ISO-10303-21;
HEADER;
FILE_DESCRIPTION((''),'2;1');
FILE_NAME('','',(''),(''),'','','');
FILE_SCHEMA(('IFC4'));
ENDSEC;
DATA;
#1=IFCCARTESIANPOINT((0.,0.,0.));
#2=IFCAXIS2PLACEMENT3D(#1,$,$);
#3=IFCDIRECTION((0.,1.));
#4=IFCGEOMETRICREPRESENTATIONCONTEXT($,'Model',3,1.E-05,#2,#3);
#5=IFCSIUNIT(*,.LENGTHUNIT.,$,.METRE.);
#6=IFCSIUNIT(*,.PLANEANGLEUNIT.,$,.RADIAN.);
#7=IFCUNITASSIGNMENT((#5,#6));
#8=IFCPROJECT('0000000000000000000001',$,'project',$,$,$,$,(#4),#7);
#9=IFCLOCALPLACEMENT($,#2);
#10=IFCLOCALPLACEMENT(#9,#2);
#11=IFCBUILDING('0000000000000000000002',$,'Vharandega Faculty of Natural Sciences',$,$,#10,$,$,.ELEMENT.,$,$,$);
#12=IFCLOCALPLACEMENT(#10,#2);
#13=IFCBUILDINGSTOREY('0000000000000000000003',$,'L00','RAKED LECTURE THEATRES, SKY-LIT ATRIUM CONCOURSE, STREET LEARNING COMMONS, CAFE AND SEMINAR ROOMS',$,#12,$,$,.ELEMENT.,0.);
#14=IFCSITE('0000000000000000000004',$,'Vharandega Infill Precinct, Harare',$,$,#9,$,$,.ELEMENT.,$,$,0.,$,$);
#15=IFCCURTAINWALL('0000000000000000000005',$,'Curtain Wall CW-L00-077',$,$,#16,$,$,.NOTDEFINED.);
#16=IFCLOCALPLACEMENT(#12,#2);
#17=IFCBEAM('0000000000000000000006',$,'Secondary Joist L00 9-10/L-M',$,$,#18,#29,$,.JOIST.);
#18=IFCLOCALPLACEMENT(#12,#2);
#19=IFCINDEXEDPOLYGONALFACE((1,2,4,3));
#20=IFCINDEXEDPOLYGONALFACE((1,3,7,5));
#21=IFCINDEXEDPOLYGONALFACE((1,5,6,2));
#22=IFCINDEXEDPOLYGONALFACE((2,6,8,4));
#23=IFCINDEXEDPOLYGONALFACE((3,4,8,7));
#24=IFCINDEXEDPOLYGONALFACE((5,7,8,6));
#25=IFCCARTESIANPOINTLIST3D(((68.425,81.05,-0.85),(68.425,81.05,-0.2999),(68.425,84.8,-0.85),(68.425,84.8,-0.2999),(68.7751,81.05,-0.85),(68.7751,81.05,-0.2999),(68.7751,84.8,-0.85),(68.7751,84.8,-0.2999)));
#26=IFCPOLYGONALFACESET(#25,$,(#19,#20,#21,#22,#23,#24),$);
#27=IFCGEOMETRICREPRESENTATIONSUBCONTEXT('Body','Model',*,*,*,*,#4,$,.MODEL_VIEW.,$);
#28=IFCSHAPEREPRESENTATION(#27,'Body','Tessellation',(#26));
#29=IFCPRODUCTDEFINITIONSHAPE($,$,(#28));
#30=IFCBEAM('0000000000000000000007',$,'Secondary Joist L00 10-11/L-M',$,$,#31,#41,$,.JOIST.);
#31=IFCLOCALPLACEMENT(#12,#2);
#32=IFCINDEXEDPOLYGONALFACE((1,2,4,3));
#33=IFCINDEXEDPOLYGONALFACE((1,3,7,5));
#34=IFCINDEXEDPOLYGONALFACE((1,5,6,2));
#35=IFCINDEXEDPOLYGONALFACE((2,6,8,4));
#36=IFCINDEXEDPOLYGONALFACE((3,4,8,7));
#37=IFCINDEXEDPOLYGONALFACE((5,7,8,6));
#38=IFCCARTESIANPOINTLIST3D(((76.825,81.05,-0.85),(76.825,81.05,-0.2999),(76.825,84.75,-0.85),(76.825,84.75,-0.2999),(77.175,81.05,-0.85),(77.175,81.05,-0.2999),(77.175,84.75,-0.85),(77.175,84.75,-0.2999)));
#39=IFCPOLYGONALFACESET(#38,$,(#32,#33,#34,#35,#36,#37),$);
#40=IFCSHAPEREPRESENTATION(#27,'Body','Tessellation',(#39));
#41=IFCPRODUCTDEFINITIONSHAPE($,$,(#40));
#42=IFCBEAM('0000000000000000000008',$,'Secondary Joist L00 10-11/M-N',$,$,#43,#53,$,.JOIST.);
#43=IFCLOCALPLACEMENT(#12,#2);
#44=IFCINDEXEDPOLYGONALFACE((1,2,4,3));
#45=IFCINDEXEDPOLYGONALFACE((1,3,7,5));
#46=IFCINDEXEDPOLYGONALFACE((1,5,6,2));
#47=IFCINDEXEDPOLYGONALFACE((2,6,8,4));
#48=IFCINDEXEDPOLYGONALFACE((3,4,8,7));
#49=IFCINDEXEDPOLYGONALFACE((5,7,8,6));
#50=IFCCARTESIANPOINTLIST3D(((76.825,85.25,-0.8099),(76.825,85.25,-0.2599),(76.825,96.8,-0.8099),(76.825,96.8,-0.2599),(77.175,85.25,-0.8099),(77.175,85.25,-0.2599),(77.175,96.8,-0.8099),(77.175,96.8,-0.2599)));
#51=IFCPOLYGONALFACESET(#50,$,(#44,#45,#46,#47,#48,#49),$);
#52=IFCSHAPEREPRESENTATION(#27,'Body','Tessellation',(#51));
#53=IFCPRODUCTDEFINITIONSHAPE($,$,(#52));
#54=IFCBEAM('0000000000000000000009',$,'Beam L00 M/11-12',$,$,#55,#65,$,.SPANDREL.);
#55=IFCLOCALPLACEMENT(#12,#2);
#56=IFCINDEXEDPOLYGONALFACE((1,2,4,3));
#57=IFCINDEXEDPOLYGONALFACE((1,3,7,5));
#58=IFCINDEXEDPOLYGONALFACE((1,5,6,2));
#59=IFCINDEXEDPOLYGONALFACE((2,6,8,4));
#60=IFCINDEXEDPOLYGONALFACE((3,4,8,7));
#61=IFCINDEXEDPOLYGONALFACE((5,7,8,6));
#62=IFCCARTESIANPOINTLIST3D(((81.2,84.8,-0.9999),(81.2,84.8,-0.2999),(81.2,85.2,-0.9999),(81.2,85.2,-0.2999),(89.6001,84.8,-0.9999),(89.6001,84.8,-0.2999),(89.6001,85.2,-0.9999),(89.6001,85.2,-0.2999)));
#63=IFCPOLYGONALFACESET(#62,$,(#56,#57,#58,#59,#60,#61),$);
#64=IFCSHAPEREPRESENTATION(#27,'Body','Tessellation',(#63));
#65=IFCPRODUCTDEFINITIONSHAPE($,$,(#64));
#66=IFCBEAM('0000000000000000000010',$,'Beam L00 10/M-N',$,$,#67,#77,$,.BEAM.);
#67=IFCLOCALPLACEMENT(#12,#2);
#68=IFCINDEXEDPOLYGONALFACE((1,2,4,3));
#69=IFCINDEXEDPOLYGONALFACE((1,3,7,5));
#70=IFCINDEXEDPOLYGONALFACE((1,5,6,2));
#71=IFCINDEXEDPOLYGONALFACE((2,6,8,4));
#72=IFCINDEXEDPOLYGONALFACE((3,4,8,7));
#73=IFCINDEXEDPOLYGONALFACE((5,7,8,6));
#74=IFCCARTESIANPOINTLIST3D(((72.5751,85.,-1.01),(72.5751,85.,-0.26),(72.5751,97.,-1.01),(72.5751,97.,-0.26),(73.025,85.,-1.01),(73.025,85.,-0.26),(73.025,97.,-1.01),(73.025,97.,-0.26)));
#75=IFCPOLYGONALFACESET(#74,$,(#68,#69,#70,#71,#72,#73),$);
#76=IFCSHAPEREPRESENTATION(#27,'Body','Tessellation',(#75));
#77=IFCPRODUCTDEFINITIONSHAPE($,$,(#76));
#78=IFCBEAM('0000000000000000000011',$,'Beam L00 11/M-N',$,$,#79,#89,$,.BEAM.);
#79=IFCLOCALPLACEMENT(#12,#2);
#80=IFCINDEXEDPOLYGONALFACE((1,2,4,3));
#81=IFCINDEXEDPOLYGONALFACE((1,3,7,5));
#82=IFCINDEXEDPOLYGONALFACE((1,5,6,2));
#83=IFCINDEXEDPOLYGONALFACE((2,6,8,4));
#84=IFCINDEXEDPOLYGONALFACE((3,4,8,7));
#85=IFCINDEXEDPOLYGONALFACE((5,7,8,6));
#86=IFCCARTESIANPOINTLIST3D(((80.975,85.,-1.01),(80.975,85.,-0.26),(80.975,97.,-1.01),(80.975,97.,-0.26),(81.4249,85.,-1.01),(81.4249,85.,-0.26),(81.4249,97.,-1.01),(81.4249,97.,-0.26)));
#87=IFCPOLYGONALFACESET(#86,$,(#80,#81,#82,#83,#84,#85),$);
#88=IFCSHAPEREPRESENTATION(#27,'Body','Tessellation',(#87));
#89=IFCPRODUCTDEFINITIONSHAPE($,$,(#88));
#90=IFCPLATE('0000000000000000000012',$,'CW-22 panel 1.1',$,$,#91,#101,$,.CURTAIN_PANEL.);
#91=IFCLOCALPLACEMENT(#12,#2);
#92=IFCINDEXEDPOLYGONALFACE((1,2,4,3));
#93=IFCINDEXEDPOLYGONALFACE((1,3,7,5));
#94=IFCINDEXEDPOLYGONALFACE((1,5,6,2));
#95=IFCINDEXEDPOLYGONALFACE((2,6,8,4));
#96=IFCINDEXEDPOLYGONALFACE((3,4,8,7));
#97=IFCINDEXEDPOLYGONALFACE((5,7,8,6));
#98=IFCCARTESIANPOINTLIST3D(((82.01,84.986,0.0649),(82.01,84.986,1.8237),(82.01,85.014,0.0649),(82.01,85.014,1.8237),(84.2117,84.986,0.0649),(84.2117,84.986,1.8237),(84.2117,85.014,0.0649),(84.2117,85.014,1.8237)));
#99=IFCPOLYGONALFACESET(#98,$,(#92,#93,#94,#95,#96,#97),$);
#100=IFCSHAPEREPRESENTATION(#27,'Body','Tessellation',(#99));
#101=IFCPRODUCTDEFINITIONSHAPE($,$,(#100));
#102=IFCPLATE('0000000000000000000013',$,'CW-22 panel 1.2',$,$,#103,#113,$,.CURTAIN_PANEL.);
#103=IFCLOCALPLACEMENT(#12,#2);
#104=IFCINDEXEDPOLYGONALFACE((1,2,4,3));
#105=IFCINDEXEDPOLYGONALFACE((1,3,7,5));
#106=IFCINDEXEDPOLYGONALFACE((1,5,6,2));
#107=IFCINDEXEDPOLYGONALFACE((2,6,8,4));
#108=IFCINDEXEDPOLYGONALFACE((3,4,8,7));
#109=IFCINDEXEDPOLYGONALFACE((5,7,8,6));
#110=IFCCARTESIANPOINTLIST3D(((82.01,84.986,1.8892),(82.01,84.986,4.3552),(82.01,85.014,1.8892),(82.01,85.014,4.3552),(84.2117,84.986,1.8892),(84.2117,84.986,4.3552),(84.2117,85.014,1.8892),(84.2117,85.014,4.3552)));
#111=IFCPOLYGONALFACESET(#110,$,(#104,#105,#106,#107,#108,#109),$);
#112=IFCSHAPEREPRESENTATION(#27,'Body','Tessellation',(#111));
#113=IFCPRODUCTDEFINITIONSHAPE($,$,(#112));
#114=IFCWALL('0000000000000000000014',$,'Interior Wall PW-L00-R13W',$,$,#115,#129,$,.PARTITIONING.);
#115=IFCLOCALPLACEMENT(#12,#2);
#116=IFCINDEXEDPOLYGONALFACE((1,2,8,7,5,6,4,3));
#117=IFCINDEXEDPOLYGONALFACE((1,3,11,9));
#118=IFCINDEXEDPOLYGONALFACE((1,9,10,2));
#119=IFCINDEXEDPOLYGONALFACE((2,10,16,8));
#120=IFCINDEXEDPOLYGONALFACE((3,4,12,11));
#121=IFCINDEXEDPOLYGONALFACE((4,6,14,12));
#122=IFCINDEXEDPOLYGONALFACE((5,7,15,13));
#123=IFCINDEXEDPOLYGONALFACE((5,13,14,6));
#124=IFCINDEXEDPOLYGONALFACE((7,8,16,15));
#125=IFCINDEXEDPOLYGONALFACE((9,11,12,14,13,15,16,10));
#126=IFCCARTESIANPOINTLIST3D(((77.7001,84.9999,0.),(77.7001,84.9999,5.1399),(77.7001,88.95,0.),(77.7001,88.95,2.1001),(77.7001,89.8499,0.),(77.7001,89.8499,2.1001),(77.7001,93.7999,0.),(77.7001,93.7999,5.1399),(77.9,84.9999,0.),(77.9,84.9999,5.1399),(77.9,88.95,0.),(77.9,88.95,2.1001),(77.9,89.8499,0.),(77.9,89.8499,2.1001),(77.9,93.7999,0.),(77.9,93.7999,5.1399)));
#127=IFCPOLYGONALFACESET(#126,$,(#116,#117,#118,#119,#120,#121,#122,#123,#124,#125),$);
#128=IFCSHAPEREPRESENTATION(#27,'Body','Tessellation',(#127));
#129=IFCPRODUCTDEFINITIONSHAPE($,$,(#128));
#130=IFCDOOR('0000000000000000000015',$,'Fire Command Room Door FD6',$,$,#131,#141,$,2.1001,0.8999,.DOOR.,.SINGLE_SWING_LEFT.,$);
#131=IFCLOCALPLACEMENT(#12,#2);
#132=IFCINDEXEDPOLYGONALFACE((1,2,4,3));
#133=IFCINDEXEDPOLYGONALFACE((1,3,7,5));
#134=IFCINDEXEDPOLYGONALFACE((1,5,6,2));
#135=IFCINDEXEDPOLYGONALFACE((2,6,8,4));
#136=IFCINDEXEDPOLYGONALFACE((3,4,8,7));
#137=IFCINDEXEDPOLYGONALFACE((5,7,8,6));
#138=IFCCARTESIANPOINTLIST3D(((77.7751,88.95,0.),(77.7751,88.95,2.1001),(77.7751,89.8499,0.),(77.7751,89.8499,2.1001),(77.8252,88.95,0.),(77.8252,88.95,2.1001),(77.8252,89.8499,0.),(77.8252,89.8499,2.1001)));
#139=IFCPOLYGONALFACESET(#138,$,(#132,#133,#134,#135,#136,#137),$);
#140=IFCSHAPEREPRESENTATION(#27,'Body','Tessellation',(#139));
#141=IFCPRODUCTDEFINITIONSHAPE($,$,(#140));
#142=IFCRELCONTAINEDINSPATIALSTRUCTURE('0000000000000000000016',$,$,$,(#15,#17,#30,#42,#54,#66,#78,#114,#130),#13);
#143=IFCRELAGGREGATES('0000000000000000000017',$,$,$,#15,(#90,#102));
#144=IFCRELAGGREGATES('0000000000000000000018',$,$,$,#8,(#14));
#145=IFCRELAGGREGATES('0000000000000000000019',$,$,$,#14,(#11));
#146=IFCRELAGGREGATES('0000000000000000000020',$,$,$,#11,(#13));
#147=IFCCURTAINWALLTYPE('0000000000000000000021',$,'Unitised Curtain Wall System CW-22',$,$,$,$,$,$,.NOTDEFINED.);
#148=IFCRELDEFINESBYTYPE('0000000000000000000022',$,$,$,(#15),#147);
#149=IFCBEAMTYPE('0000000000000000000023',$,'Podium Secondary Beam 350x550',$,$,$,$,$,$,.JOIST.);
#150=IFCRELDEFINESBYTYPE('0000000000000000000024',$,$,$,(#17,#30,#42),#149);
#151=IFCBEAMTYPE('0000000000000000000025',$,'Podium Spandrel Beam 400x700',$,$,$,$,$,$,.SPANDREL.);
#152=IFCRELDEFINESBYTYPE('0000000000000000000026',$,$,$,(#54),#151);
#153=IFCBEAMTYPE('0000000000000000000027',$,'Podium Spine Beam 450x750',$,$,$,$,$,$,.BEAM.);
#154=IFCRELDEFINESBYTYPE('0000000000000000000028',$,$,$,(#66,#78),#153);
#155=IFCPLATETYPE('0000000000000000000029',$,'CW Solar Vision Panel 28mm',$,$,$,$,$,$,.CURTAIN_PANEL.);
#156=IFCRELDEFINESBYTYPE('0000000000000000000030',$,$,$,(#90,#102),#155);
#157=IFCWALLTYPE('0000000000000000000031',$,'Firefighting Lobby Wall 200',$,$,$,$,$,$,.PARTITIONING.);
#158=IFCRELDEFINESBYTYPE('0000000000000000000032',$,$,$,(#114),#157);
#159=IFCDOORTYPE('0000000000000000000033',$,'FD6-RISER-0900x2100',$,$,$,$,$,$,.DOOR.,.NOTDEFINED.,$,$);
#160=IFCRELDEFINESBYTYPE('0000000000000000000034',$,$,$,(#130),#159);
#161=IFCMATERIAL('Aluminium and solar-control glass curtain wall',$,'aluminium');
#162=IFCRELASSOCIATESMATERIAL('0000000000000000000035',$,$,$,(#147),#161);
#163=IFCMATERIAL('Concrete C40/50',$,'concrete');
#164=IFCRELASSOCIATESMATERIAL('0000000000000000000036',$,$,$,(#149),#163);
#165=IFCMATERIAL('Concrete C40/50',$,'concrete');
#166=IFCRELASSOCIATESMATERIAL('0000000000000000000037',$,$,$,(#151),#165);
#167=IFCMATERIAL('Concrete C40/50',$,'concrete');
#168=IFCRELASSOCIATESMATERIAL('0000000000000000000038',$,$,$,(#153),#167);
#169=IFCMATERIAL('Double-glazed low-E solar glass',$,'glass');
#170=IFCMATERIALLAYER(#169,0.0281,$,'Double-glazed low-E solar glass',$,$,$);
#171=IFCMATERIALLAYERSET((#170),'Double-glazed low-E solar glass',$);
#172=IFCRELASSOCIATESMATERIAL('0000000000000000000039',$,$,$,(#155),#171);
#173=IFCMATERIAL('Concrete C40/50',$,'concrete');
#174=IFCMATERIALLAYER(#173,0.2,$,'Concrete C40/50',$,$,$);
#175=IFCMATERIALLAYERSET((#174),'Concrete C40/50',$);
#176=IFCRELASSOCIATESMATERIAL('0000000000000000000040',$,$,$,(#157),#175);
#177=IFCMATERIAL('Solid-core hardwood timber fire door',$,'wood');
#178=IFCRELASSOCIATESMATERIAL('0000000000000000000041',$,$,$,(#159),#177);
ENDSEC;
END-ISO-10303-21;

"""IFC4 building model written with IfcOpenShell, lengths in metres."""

from ifc_helpers import new_model, si_unit, direction, frame, frame_2d, origin, origin_2d, place, context, subcontext, project, spatial, rectangle, extrude, material, layer, layer_set, material_profile, profile_set, type_object, element, fill, aggregate, save


model = new_model("IFC4")

# Units and contexts
model_context = context("Model", 3, precision=1e-05, world=origin(), true_north=direction((0.0, 1.0)))
body_context = subcontext(model_context, "Body", "Model", "MODEL_VIEW")
ifc_project = project(units=[si_unit("LENGTHUNIT", "METRE"), si_unit("PLANEANGLEUNIT", "RADIAN")], contexts=[model_context])

# Site, building, storey
site_placement = place(None, origin())
site = spatial("IfcSite", under=ifc_project, at=site_placement, Name="Vharandega Infill Precinct, Harare", CompositionType="ELEMENT", RefElevation=0.0)
building_placement = place(site_placement, origin())
building = spatial("IfcBuilding", under=site, at=building_placement, Name="Vharandega Faculty of Natural Sciences", CompositionType="ELEMENT")
storey_placement = place(building_placement, origin())
storey = spatial("IfcBuildingStorey", under=building, at=storey_placement, Name="L00", Description="RAKED LECTURE THEATRES, SKY-LIT ATRIUM CONCOURSE, STREET LEARNING COMMONS, CAFE AND SEMINAR ROOMS", CompositionType="ELEMENT", Elevation=0.0)

# Curtain wall
ifc_material_1 = material(Name="Aluminium and solar-control glass curtain wall", Category="aluminium")
curtain_wall_type = type_object("IfcCurtainWallType", Name="Unitised Curtain Wall System CW-22", PredefinedType="NOTDEFINED", material=ifc_material_1)
curtain_wall_placement = place(storey_placement, origin())
curtain_wall = element("IfcCurtainWall", 1, at=curtain_wall_placement, inside=storey, type_object=curtain_wall_type, Name="Curtain Wall CW-L00-077", PredefinedType="NOTDEFINED")

# Beams
ifc_material_2 = material(Name="Concrete C40/50", Category="concrete")
ifc_material_profile_1 = material_profile(ifc_material_2, rectangle(XDim=0.3501, YDim=0.55, at=origin_2d()), Name="RC 350x550")
ifc_profile_set_1 = profile_set([ifc_material_profile_1], Name="Concrete C40/50")
beam_type_1 = type_object("IfcBeamType", Name="Podium Secondary Beam 350x550", PredefinedType="JOIST", material=ifc_profile_set_1)
beam_1_placement = place(storey_placement, frame((68.6001, 81.05, -0.575), z_axis=(0.0, 1.0, 0.0), x_axis=(-1.0, 0.0, 0.0)))
element("IfcBeam", 2, at=beam_1_placement, inside=storey, type_object=beam_type_1, Name="Secondary Joist L00 9-10/L-M", PredefinedType="JOIST", context=body_context, shape_type="SweptSolid", body=[
    extrude(rectangle(XDim=0.3501, YDim=0.55, at=origin_2d()), origin(), (0.0, 0.0, 1.0), 3.75),
])
beam_2_placement = place(storey_placement, frame((77.0, 81.05, -0.575), z_axis=(0.0, 1.0, 0.0), x_axis=(-1.0, 0.0, 0.0)))
element("IfcBeam", 3, at=beam_2_placement, inside=storey, type_object=beam_type_1, Name="Secondary Joist L00 10-11/L-M", PredefinedType="JOIST", context=body_context, shape_type="SweptSolid", body=[
    extrude(rectangle(XDim=0.3501, YDim=0.55, at=origin_2d()), origin(), (0.0, 0.0, 1.0), 3.7),
])
beam_3_placement = place(storey_placement, frame((77.0, 85.25, -0.5349), z_axis=(0.0, 1.0, 0.0), x_axis=(-1.0, 0.0, 0.0)))
element("IfcBeam", 4, at=beam_3_placement, inside=storey, type_object=beam_type_1, Name="Secondary Joist L00 10-11/M-N", PredefinedType="JOIST", context=body_context, shape_type="SweptSolid", body=[
    extrude(rectangle(XDim=0.3501, YDim=0.55, at=origin_2d()), origin(), (0.0, 0.0, 1.0), 11.55),
])
ifc_material_3 = material(Name="Concrete C40/50", Category="concrete")
ifc_material_profile_2 = material_profile(ifc_material_3, rectangle(XDim=0.3999, YDim=0.7, at=origin_2d()), Name="RC 400x700")
ifc_profile_set_2 = profile_set([ifc_material_profile_2], Name="Concrete C40/50")
beam_type_2 = type_object("IfcBeamType", Name="Podium Spandrel Beam 400x700", PredefinedType="SPANDREL", material=ifc_profile_set_2)
beam_4_placement = place(storey_placement, frame((81.2, 85.0, -0.6499), z_axis=(1.0, 0.0, 0.0), x_axis=(0.0, 1.0, 0.0)))
element("IfcBeam", 5, at=beam_4_placement, inside=storey, type_object=beam_type_2, Name="Beam L00 M/11-12", PredefinedType="SPANDREL", context=body_context, shape_type="SweptSolid", body=[
    extrude(rectangle(XDim=0.3999, YDim=0.7, at=origin_2d()), origin(), (0.0, 0.0, 1.0), 8.4001),
])
ifc_material_4 = material(Name="Concrete C40/50", Category="concrete")
ifc_material_profile_3 = material_profile(ifc_material_4, rectangle(XDim=0.45, YDim=0.75, at=origin_2d()), Name="RC 450x750")
ifc_profile_set_3 = profile_set([ifc_material_profile_3], Name="Concrete C40/50")
beam_type_3 = type_object("IfcBeamType", Name="Podium Spine Beam 450x750", PredefinedType="BEAM", material=ifc_profile_set_3)
for number, where, z_axis, x_axis, name in (
    (6, (72.8, 85.0, -0.635), (0.0, 1.0, 0.0), (-1.0, 0.0, 0.0), "Beam L00 10/M-N"),
    (7, (81.2, 85.0, -0.635), (0.0, 1.0, 0.0), (-1.0, 0.0, 0.0), "Beam L00 11/M-N"),
):
    element("IfcBeam", number, at=place(storey_placement, frame(where, z_axis=z_axis, x_axis=x_axis)), inside=storey, type_object=beam_type_3, Name=name, PredefinedType="BEAM", context=body_context, shape_type="SweptSolid", body=[
        extrude(rectangle(XDim=0.45, YDim=0.75, at=origin_2d()), origin(), (0.0, 0.0, 1.0), 12.0),
    ])

# Plates
ifc_material_5 = material(Name="Double-glazed low-E solar glass", Category="glass")
ifc_layer_1 = layer(ifc_material_5, 0.0281, Name="Double-glazed low-E solar glass")
ifc_layer_set_1 = layer_set([ifc_layer_1], Name="Double-glazed low-E solar glass")
plate_type = type_object("IfcPlateType", Name="CW Solar Vision Panel 28mm", PredefinedType="CURTAIN_PANEL", material=ifc_layer_set_1)
plate_1_placement = place(storey_placement, frame((83.1108, 85.0, 0.0649), z_axis=(0.0, 0.0, 1.0), x_axis=(1.0, 0.0, 0.0)))
plate_1 = element("IfcPlate", 8, at=plate_1_placement, type_object=plate_type, Name="CW-22 panel 1.1", PredefinedType="CURTAIN_PANEL", context=body_context, shape_type="SweptSolid", body=[
    extrude(rectangle(XDim=2.2017, YDim=0.0281, at=origin_2d()), origin(), (0.0, 0.0, 1.0), 1.7588),
])
plate_2_placement = place(storey_placement, frame((83.1108, 85.0, 1.8892), z_axis=(0.0, 0.0, 1.0), x_axis=(1.0, 0.0, 0.0)))
plate_2 = element("IfcPlate", 9, at=plate_2_placement, type_object=plate_type, Name="CW-22 panel 1.2", PredefinedType="CURTAIN_PANEL", context=body_context, shape_type="SweptSolid", body=[
    extrude(rectangle(XDim=2.2017, YDim=0.0281, at=origin_2d()), origin(), (0.0, 0.0, 1.0), 2.4661),
])
aggregate(curtain_wall, [plate_1, plate_2])

# Wall, opening, door
ifc_material_6 = material(Name="Concrete C40/50", Category="concrete")
ifc_layer_2 = layer(ifc_material_6, 0.2, Name="Concrete C40/50")
ifc_layer_set_2 = layer_set([ifc_layer_2], Name="Concrete C40/50")
wall_type_1 = type_object("IfcWallType", Name="Firefighting Lobby Wall 200", PredefinedType="PARTITIONING", material=ifc_layer_set_2)
wall_1_placement = place(storey_placement, frame((77.8, 85.0, 0.0), z_axis=(0.0, 0.0, 1.0), x_axis=(0.0, 1.0, 0.0)))
wall_1 = element("IfcWall", 10, at=wall_1_placement, inside=storey, type_object=wall_type_1, Name="Interior Wall PW-L00-R13W", PredefinedType="PARTITIONING", context=body_context, shape_type="SweptSolid", body=[
    extrude(rectangle(XDim=8.8, YDim=0.2, at=frame_2d((4.3999, 0.0))), origin(), (0.0, 0.0, 1.0), 5.1399),
])
opening_1_placement = place(wall_1_placement, frame((3.95, 0.0, 0.0)))
opening_1 = element("IfcOpeningElement", 11, at=opening_1_placement, cuts=wall_1, PredefinedType="OPENING", context=body_context, shape_type="SweptSolid", body=[
    extrude(rectangle(XDim=0.8999, YDim=2.1001, at=frame_2d((0.45, 1.05))), frame((0.0, 0.1099, 0.0), z_axis=(0.0, -1.0, 0.0), x_axis=(1.0, 0.0, 0.0)), (0.0, 0.0, 1.0), 0.22),
])
ifc_material_7 = material(Name="Solid-core hardwood timber fire door", Category="wood")
door_type_1 = type_object("IfcDoorType", Name="FD6-RISER-0900x2100", OperationType="NOTDEFINED", PredefinedType="DOOR", material=ifc_material_7)
door_1_placement = place(opening_1_placement, origin())
door_1 = element("IfcDoor", 12, at=door_1_placement, inside=storey, type_object=door_type_1, Name="Fire Command Room Door FD6", OperationType="SINGLE_SWING_LEFT", OverallHeight=2.1001, OverallWidth=0.8999, PredefinedType="DOOR", context=body_context, shape_type="SweptSolid", body=[
    extrude(rectangle(XDim=0.8999, YDim=2.1001, at=frame_2d((0.45, 1.05))), frame((0.0, 0.0249, 0.0), z_axis=(0.0, -1.0, 0.0), x_axis=(1.0, 0.0, 0.0)), (0.0, 0.0, 1.0), 0.05),
])
fill(opening_1, door_1)

save(model, "model.ifc")
